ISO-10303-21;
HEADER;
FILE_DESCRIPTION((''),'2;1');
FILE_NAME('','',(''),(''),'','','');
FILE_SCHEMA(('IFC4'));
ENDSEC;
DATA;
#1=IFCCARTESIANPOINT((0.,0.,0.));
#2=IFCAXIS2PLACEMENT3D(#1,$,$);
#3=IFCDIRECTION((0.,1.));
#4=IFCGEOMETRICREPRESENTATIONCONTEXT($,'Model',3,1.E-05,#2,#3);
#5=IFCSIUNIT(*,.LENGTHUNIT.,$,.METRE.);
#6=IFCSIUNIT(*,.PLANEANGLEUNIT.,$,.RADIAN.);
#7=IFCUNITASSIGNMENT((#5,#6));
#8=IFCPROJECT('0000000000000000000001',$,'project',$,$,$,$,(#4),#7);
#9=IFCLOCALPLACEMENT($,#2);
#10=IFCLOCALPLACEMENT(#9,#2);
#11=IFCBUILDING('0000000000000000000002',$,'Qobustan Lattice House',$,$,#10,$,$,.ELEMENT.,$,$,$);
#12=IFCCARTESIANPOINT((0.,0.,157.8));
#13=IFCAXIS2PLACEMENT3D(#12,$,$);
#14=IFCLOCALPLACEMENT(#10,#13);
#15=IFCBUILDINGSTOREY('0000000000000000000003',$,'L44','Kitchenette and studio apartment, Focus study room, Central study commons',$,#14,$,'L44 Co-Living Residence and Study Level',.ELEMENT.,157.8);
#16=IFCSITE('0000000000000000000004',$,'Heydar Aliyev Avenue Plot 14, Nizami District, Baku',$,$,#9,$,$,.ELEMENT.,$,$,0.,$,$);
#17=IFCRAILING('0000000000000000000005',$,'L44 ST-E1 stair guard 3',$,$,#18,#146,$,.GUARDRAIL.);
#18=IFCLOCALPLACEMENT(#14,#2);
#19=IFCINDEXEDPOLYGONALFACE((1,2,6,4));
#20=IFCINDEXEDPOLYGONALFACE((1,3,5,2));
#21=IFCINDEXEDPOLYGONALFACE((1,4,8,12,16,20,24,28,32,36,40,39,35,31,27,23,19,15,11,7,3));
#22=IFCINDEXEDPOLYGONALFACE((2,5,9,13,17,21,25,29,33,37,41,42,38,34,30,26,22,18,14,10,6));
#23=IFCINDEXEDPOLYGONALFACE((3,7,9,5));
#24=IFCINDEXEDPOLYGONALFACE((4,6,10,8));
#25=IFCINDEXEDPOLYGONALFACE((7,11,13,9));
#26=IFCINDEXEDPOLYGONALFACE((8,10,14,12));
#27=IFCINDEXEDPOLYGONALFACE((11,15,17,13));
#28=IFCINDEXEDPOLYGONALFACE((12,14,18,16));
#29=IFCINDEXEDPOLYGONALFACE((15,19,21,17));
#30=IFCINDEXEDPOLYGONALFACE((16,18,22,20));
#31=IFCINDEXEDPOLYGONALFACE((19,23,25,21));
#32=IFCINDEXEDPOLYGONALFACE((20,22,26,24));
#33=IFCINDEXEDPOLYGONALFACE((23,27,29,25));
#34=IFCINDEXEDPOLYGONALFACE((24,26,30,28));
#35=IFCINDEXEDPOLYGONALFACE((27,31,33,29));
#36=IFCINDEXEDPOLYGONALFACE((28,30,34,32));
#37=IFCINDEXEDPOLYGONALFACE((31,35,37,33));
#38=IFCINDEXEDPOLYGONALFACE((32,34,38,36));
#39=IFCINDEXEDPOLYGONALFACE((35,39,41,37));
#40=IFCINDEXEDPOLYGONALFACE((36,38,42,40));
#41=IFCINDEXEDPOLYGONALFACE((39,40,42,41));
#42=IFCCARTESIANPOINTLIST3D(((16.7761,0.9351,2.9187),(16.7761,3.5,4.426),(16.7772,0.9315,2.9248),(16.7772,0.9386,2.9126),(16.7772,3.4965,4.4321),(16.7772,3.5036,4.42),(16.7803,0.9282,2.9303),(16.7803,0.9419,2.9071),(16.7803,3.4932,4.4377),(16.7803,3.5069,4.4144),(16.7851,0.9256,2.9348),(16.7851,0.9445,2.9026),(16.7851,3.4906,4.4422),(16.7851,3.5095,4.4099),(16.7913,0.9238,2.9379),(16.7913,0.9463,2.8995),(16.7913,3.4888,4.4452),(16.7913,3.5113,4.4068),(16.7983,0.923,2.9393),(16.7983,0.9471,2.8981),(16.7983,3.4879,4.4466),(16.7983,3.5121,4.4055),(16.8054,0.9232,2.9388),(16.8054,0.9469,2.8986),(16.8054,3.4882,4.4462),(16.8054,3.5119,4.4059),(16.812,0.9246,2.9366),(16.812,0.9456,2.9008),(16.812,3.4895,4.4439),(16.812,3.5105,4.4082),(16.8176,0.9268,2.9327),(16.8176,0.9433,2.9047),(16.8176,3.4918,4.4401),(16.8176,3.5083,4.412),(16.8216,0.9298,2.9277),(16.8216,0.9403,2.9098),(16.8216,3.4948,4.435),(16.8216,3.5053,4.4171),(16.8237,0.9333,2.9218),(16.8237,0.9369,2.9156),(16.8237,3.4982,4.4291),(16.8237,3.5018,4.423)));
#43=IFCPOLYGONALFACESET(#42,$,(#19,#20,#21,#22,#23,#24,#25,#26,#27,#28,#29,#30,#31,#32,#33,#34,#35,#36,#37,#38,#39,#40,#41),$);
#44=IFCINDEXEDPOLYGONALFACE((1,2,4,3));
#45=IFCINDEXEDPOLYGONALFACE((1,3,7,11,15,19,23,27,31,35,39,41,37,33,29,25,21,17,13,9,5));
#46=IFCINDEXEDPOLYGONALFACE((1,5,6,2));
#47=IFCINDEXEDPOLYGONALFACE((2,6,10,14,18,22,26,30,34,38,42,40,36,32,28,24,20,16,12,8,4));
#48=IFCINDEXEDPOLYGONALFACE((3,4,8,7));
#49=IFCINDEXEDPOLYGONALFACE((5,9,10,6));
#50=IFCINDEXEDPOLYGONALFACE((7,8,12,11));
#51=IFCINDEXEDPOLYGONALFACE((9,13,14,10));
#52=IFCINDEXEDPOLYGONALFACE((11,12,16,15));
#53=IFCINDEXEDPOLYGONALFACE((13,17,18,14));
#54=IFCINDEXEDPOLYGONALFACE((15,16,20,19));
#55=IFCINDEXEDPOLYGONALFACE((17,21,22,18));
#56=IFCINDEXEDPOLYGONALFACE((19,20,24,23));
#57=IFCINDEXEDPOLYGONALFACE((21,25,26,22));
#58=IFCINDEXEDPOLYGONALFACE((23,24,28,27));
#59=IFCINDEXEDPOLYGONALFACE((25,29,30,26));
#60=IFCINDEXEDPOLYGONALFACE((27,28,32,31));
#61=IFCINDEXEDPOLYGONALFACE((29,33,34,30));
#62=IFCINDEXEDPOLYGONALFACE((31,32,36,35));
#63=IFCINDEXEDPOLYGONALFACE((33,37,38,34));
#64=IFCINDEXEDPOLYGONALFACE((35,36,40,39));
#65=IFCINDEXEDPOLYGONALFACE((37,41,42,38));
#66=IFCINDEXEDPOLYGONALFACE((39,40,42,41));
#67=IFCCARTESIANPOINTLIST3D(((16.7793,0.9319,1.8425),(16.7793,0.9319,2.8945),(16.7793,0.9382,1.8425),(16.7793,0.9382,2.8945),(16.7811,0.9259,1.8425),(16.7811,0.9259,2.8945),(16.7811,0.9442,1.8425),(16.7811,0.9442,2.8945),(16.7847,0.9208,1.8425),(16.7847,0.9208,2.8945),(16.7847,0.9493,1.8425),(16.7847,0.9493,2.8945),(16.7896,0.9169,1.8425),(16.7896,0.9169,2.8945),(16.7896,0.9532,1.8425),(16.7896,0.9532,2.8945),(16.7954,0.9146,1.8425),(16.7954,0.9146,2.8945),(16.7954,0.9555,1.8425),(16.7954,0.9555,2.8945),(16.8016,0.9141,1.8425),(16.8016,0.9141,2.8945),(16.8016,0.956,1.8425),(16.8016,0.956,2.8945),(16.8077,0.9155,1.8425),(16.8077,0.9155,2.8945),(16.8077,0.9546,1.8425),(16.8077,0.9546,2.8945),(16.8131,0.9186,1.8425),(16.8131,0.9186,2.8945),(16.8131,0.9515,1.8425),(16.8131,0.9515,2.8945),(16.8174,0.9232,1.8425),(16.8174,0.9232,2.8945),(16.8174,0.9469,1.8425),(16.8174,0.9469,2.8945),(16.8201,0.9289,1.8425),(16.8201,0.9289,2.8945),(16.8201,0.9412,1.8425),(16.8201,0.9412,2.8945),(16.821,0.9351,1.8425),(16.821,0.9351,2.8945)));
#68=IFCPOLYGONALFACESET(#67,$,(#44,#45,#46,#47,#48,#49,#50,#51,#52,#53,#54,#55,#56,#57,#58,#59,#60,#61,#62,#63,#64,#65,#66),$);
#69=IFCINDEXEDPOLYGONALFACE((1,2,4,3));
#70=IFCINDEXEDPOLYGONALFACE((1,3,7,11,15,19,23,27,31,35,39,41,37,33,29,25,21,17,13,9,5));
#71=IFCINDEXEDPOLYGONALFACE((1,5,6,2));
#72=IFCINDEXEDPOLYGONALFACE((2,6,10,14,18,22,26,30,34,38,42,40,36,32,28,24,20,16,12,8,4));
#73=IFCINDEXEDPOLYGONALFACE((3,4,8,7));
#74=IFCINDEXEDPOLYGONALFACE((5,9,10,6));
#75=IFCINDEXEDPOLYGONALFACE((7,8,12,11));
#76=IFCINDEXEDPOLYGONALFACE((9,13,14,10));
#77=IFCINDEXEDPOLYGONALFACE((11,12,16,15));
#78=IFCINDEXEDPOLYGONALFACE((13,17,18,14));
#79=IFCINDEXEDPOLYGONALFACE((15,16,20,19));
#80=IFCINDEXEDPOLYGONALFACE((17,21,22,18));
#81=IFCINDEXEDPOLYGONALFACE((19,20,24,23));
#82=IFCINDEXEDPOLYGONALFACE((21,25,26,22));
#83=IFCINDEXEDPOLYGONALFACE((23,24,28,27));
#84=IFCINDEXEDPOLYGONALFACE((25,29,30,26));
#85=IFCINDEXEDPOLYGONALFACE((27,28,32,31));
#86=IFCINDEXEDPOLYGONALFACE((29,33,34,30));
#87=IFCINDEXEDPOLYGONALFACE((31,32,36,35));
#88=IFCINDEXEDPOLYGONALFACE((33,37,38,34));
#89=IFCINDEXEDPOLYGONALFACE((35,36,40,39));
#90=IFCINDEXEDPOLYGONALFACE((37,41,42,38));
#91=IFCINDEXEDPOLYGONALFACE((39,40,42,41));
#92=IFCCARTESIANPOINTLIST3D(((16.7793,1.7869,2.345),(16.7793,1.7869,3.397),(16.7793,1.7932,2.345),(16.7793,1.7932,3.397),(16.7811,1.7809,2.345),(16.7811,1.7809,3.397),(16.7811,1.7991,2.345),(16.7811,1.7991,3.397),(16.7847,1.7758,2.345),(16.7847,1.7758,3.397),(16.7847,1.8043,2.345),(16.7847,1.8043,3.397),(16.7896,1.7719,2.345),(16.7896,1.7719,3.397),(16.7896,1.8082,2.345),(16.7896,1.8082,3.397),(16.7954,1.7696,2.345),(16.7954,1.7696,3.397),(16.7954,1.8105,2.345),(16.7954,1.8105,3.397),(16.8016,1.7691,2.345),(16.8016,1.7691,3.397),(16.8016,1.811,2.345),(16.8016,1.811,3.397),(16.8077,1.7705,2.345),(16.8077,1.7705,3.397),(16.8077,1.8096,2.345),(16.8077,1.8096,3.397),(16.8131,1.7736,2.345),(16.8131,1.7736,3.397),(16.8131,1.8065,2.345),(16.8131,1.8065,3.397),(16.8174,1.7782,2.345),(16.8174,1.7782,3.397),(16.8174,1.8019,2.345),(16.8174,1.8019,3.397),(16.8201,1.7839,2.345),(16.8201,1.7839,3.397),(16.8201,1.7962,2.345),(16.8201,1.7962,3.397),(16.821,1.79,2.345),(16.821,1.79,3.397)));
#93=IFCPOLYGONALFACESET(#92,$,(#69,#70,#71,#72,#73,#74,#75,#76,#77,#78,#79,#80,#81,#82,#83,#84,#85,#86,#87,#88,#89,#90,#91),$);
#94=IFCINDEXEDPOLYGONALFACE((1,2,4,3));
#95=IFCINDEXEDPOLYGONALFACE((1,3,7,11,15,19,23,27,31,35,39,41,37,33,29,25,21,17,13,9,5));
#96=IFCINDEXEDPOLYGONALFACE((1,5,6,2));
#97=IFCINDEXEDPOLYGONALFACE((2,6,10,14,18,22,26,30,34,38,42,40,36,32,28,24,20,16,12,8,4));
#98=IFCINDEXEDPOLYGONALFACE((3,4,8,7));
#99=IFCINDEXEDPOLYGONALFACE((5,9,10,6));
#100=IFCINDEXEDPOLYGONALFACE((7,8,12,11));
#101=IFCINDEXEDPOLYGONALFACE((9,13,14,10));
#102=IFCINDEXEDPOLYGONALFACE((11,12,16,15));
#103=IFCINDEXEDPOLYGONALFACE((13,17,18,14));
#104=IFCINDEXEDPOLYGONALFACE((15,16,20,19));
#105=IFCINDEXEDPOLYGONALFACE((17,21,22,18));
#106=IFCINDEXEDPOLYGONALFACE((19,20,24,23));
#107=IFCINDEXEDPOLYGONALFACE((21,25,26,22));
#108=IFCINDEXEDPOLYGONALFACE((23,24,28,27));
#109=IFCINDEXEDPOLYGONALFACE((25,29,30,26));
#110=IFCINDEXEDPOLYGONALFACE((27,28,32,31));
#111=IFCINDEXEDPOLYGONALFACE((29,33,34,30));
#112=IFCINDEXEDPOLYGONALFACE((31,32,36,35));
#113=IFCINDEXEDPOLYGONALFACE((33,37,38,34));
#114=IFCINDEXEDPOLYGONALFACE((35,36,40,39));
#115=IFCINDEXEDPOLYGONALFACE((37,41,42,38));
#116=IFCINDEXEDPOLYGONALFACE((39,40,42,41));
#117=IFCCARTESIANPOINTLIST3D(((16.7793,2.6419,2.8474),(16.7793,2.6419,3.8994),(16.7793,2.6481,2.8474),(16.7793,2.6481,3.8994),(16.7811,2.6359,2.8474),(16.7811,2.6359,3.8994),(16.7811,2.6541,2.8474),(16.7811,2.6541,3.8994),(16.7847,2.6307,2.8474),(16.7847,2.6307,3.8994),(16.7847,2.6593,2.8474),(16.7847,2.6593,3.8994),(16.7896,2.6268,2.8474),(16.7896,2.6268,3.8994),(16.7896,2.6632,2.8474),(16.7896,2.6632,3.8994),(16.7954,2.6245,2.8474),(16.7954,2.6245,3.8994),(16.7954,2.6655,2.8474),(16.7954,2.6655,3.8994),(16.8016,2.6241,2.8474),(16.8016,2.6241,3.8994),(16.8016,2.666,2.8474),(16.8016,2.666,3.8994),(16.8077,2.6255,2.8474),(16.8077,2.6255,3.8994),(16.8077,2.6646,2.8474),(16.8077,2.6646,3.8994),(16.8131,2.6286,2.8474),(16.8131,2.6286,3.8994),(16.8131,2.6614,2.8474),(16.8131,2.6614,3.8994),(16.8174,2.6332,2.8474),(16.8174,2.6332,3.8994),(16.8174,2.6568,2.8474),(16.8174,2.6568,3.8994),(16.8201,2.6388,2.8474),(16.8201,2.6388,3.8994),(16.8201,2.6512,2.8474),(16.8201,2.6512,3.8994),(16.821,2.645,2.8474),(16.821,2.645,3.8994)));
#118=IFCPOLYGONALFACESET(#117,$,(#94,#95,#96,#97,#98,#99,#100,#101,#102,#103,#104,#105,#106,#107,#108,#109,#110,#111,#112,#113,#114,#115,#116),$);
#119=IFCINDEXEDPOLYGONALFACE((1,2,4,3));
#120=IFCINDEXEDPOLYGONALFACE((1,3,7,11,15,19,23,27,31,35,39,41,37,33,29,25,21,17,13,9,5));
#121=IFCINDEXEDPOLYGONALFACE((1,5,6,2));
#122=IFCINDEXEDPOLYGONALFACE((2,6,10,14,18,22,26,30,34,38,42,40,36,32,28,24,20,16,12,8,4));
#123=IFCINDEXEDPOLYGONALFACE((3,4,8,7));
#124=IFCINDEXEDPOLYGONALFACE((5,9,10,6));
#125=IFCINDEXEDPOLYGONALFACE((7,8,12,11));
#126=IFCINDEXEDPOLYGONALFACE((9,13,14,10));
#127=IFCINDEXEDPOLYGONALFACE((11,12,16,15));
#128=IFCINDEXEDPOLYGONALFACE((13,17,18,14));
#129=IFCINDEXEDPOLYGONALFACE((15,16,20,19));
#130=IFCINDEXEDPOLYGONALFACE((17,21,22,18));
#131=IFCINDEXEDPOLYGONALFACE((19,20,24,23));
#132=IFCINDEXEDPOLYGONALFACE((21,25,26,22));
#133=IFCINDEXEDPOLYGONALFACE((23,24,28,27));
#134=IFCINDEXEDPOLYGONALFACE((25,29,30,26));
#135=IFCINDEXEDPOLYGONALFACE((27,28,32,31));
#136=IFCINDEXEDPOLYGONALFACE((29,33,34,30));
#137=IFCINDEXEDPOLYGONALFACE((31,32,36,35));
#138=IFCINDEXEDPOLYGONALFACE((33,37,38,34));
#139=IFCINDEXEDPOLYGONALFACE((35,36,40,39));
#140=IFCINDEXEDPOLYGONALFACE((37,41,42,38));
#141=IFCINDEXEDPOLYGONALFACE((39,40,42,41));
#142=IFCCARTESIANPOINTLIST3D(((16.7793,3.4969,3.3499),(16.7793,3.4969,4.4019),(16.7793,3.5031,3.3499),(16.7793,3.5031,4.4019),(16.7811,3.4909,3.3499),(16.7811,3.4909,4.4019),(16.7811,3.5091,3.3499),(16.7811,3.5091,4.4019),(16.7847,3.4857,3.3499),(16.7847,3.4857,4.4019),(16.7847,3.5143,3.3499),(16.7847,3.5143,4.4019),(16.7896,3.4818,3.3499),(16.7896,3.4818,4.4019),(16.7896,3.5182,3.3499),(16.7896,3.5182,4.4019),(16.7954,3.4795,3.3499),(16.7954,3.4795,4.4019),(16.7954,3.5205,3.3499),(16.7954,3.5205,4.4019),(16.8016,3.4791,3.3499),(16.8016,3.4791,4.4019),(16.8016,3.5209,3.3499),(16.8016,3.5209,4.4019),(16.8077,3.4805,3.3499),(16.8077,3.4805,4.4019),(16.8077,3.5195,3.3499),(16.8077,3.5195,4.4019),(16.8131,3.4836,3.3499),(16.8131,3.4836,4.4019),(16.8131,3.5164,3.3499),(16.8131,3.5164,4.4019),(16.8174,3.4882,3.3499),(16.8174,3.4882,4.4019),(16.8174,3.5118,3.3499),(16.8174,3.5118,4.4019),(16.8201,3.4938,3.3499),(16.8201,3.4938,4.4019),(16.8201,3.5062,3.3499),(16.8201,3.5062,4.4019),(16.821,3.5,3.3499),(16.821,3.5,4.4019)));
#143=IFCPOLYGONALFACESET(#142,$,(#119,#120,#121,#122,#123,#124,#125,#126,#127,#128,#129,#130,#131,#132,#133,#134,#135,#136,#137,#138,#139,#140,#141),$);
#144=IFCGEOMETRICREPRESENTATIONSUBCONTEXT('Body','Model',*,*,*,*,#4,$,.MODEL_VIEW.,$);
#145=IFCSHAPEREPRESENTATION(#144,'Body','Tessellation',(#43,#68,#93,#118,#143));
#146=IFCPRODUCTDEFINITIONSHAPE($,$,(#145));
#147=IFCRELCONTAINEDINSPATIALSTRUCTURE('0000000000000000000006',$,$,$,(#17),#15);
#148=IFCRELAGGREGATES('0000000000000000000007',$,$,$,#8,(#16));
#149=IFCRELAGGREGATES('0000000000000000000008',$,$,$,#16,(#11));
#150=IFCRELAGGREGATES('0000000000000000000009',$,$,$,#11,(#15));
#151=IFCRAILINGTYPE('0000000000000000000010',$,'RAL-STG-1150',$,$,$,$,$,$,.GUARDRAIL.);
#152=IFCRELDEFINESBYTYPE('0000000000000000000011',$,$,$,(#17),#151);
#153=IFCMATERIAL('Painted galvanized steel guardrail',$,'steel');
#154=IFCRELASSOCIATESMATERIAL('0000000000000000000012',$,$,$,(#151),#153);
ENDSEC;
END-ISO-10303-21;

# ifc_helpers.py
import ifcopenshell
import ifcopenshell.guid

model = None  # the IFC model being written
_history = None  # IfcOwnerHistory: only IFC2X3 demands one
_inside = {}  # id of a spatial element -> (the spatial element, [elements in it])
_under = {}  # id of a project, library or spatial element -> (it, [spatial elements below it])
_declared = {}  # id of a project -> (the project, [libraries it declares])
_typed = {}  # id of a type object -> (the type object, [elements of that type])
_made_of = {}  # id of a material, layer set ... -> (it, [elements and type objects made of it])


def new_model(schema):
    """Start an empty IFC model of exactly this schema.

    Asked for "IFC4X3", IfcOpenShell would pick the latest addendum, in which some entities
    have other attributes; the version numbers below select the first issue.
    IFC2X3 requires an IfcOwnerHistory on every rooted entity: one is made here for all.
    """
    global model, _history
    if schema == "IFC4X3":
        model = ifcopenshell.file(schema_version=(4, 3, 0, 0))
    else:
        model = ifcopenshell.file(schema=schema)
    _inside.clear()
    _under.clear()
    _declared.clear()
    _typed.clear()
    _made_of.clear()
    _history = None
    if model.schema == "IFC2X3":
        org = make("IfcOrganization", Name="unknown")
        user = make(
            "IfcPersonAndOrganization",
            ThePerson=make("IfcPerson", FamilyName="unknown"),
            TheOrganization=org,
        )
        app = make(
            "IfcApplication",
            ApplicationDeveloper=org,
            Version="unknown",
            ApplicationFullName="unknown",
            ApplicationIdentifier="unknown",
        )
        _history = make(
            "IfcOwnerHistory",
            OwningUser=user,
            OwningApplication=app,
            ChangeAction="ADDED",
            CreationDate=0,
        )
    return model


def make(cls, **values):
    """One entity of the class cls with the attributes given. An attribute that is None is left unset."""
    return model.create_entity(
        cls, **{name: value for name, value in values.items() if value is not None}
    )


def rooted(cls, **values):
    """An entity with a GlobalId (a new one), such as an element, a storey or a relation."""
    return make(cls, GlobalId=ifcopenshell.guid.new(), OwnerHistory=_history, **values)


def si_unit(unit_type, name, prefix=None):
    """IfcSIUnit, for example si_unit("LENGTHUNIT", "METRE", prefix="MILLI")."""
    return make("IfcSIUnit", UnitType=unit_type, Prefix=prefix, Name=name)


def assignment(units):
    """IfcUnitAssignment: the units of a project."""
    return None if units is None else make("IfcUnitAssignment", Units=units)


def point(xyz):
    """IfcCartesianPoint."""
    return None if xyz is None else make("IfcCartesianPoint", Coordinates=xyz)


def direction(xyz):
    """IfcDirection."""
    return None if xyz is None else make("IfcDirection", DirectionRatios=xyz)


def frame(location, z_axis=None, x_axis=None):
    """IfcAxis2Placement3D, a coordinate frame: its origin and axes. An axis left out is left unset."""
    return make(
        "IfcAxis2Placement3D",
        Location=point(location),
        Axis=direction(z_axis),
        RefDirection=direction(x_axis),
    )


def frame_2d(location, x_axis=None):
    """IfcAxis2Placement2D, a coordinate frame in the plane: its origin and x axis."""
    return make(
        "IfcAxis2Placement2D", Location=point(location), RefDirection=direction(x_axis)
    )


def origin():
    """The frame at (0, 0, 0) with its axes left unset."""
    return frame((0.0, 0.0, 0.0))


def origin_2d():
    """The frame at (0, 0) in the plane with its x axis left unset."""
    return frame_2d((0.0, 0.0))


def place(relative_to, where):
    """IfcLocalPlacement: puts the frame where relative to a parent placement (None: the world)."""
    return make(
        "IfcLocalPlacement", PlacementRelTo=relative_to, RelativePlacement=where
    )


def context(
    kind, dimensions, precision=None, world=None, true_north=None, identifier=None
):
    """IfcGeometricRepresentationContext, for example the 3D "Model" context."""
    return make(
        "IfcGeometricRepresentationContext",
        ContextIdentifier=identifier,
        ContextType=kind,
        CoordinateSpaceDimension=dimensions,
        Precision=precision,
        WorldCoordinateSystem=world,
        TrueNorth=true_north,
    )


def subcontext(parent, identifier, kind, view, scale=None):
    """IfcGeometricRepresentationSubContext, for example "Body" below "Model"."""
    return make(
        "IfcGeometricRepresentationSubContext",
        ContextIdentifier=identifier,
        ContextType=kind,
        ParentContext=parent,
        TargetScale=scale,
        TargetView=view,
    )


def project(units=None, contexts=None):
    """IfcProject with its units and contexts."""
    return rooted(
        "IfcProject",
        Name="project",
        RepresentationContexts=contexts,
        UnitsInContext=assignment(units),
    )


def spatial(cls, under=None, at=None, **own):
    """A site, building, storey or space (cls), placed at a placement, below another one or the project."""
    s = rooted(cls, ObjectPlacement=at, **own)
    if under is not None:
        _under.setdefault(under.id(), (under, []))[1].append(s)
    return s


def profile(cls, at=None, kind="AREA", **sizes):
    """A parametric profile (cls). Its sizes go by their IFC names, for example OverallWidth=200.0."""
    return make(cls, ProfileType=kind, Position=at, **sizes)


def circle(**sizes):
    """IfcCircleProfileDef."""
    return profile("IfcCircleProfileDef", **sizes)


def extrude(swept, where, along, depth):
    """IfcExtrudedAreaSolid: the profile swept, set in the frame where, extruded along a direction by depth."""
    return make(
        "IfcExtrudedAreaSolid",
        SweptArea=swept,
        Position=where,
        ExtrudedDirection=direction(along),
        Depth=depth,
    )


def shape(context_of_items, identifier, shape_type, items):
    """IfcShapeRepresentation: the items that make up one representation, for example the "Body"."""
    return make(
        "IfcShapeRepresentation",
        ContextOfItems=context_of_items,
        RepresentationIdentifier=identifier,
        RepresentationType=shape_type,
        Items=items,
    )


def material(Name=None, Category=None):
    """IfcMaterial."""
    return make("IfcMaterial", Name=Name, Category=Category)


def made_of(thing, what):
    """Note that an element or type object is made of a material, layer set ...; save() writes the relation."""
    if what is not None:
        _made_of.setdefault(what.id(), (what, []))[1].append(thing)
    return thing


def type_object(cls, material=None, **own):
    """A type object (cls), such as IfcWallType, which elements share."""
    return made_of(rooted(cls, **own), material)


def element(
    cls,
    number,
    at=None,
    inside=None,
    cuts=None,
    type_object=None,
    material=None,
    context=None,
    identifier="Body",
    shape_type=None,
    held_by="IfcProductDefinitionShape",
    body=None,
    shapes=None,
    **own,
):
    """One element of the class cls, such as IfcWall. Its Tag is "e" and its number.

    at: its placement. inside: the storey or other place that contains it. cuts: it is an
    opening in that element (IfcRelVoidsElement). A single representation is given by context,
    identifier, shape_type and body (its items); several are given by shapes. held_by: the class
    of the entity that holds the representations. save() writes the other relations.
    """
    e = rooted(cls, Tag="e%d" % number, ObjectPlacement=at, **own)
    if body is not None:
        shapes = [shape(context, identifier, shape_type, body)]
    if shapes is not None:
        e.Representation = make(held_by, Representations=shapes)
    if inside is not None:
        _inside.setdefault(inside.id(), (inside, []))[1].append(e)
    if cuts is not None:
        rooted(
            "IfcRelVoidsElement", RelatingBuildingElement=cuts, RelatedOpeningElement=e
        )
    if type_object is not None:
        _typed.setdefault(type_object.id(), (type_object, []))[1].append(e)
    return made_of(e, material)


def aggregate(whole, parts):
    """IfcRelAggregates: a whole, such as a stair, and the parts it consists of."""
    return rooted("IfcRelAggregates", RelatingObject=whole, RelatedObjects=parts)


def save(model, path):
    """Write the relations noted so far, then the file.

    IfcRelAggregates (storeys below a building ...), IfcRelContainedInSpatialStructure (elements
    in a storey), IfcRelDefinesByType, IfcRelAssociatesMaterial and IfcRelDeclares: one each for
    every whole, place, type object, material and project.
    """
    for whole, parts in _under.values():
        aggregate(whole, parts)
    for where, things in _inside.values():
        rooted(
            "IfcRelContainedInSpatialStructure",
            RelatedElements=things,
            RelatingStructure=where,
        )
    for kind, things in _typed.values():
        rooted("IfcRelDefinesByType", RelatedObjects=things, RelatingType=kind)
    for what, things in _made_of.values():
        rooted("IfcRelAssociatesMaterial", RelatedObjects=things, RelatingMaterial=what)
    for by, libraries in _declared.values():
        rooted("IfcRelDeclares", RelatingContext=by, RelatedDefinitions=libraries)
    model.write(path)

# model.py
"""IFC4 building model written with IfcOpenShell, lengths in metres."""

from ifc_helpers import new_model, si_unit, direction, frame, origin, origin_2d, place, context, subcontext, project, spatial, circle, extrude, material, type_object, element, save


model = new_model("IFC4")

# Units and contexts
model_context = context("Model", 3, precision=1e-05, world=origin(), true_north=direction((0.0, 1.0)))
body_context = subcontext(model_context, "Body", "Model", "MODEL_VIEW")
ifc_project = project(units=[si_unit("LENGTHUNIT", "METRE"), si_unit("PLANEANGLEUNIT", "RADIAN")], contexts=[model_context])

# Site, building, storey
site_placement = place(None, origin())
site = spatial("IfcSite", under=ifc_project, at=site_placement, Name="Heydar Aliyev Avenue Plot 14, Nizami District, Baku", CompositionType="ELEMENT", RefElevation=0.0)
building_placement = place(site_placement, origin())
building = spatial("IfcBuilding", under=site, at=building_placement, Name="Qobustan Lattice House", CompositionType="ELEMENT")
storey_placement = place(building_placement, frame((0.0, 0.0, 157.8)))
storey = spatial("IfcBuildingStorey", under=building, at=storey_placement, Name="L44", Description="Kitchenette and studio apartment, Focus study room, Central study commons", LongName="L44 Co-Living Residence and Study Level", CompositionType="ELEMENT", Elevation=157.8)

# Railing
ifc_material_1 = material(Name="Painted galvanized steel guardrail", Category="steel")
railing_type_1 = type_object("IfcRailingType", Name="RAL-STG-1150", PredefinedType="GUARDRAIL", material=ifc_material_1)
railing_1_placement = place(storey_placement, frame((16.8, 0.9351, 1.8425)))
element("IfcRailing", 1, at=railing_1_placement, inside=storey, type_object=railing_type_1, Name="L44 ST-E1 stair guard 3", PredefinedType="GUARDRAIL", context=body_context, shape_type="SweptSolid", body=[
    extrude(circle(Radius=0.0239, at=origin_2d()), frame((0.0, 0.0, 1.0762), z_axis=(0.0, 0.862149, 0.506654), x_axis=(-1.0, 0.0, 0.0)), (0.0, 0.0, 1.0), 2.9751),
    extrude(circle(Radius=0.021, at=origin_2d()), origin(), (0.0, 0.0, 1.0), 1.052),
    extrude(circle(Radius=0.021, at=origin_2d()), frame((0.0, 0.855, 0.5024)), (0.0, 0.0, 1.0), 1.052),
    extrude(circle(Radius=0.021, at=origin_2d()), frame((0.0, 1.71, 1.0049)), (0.0, 0.0, 1.0), 1.052),
    extrude(circle(Radius=0.021, at=origin_2d()), frame((0.0, 2.5649, 1.5073)), (0.0, 0.0, 1.0), 1.052),
])

save(model, "model.ifc")
